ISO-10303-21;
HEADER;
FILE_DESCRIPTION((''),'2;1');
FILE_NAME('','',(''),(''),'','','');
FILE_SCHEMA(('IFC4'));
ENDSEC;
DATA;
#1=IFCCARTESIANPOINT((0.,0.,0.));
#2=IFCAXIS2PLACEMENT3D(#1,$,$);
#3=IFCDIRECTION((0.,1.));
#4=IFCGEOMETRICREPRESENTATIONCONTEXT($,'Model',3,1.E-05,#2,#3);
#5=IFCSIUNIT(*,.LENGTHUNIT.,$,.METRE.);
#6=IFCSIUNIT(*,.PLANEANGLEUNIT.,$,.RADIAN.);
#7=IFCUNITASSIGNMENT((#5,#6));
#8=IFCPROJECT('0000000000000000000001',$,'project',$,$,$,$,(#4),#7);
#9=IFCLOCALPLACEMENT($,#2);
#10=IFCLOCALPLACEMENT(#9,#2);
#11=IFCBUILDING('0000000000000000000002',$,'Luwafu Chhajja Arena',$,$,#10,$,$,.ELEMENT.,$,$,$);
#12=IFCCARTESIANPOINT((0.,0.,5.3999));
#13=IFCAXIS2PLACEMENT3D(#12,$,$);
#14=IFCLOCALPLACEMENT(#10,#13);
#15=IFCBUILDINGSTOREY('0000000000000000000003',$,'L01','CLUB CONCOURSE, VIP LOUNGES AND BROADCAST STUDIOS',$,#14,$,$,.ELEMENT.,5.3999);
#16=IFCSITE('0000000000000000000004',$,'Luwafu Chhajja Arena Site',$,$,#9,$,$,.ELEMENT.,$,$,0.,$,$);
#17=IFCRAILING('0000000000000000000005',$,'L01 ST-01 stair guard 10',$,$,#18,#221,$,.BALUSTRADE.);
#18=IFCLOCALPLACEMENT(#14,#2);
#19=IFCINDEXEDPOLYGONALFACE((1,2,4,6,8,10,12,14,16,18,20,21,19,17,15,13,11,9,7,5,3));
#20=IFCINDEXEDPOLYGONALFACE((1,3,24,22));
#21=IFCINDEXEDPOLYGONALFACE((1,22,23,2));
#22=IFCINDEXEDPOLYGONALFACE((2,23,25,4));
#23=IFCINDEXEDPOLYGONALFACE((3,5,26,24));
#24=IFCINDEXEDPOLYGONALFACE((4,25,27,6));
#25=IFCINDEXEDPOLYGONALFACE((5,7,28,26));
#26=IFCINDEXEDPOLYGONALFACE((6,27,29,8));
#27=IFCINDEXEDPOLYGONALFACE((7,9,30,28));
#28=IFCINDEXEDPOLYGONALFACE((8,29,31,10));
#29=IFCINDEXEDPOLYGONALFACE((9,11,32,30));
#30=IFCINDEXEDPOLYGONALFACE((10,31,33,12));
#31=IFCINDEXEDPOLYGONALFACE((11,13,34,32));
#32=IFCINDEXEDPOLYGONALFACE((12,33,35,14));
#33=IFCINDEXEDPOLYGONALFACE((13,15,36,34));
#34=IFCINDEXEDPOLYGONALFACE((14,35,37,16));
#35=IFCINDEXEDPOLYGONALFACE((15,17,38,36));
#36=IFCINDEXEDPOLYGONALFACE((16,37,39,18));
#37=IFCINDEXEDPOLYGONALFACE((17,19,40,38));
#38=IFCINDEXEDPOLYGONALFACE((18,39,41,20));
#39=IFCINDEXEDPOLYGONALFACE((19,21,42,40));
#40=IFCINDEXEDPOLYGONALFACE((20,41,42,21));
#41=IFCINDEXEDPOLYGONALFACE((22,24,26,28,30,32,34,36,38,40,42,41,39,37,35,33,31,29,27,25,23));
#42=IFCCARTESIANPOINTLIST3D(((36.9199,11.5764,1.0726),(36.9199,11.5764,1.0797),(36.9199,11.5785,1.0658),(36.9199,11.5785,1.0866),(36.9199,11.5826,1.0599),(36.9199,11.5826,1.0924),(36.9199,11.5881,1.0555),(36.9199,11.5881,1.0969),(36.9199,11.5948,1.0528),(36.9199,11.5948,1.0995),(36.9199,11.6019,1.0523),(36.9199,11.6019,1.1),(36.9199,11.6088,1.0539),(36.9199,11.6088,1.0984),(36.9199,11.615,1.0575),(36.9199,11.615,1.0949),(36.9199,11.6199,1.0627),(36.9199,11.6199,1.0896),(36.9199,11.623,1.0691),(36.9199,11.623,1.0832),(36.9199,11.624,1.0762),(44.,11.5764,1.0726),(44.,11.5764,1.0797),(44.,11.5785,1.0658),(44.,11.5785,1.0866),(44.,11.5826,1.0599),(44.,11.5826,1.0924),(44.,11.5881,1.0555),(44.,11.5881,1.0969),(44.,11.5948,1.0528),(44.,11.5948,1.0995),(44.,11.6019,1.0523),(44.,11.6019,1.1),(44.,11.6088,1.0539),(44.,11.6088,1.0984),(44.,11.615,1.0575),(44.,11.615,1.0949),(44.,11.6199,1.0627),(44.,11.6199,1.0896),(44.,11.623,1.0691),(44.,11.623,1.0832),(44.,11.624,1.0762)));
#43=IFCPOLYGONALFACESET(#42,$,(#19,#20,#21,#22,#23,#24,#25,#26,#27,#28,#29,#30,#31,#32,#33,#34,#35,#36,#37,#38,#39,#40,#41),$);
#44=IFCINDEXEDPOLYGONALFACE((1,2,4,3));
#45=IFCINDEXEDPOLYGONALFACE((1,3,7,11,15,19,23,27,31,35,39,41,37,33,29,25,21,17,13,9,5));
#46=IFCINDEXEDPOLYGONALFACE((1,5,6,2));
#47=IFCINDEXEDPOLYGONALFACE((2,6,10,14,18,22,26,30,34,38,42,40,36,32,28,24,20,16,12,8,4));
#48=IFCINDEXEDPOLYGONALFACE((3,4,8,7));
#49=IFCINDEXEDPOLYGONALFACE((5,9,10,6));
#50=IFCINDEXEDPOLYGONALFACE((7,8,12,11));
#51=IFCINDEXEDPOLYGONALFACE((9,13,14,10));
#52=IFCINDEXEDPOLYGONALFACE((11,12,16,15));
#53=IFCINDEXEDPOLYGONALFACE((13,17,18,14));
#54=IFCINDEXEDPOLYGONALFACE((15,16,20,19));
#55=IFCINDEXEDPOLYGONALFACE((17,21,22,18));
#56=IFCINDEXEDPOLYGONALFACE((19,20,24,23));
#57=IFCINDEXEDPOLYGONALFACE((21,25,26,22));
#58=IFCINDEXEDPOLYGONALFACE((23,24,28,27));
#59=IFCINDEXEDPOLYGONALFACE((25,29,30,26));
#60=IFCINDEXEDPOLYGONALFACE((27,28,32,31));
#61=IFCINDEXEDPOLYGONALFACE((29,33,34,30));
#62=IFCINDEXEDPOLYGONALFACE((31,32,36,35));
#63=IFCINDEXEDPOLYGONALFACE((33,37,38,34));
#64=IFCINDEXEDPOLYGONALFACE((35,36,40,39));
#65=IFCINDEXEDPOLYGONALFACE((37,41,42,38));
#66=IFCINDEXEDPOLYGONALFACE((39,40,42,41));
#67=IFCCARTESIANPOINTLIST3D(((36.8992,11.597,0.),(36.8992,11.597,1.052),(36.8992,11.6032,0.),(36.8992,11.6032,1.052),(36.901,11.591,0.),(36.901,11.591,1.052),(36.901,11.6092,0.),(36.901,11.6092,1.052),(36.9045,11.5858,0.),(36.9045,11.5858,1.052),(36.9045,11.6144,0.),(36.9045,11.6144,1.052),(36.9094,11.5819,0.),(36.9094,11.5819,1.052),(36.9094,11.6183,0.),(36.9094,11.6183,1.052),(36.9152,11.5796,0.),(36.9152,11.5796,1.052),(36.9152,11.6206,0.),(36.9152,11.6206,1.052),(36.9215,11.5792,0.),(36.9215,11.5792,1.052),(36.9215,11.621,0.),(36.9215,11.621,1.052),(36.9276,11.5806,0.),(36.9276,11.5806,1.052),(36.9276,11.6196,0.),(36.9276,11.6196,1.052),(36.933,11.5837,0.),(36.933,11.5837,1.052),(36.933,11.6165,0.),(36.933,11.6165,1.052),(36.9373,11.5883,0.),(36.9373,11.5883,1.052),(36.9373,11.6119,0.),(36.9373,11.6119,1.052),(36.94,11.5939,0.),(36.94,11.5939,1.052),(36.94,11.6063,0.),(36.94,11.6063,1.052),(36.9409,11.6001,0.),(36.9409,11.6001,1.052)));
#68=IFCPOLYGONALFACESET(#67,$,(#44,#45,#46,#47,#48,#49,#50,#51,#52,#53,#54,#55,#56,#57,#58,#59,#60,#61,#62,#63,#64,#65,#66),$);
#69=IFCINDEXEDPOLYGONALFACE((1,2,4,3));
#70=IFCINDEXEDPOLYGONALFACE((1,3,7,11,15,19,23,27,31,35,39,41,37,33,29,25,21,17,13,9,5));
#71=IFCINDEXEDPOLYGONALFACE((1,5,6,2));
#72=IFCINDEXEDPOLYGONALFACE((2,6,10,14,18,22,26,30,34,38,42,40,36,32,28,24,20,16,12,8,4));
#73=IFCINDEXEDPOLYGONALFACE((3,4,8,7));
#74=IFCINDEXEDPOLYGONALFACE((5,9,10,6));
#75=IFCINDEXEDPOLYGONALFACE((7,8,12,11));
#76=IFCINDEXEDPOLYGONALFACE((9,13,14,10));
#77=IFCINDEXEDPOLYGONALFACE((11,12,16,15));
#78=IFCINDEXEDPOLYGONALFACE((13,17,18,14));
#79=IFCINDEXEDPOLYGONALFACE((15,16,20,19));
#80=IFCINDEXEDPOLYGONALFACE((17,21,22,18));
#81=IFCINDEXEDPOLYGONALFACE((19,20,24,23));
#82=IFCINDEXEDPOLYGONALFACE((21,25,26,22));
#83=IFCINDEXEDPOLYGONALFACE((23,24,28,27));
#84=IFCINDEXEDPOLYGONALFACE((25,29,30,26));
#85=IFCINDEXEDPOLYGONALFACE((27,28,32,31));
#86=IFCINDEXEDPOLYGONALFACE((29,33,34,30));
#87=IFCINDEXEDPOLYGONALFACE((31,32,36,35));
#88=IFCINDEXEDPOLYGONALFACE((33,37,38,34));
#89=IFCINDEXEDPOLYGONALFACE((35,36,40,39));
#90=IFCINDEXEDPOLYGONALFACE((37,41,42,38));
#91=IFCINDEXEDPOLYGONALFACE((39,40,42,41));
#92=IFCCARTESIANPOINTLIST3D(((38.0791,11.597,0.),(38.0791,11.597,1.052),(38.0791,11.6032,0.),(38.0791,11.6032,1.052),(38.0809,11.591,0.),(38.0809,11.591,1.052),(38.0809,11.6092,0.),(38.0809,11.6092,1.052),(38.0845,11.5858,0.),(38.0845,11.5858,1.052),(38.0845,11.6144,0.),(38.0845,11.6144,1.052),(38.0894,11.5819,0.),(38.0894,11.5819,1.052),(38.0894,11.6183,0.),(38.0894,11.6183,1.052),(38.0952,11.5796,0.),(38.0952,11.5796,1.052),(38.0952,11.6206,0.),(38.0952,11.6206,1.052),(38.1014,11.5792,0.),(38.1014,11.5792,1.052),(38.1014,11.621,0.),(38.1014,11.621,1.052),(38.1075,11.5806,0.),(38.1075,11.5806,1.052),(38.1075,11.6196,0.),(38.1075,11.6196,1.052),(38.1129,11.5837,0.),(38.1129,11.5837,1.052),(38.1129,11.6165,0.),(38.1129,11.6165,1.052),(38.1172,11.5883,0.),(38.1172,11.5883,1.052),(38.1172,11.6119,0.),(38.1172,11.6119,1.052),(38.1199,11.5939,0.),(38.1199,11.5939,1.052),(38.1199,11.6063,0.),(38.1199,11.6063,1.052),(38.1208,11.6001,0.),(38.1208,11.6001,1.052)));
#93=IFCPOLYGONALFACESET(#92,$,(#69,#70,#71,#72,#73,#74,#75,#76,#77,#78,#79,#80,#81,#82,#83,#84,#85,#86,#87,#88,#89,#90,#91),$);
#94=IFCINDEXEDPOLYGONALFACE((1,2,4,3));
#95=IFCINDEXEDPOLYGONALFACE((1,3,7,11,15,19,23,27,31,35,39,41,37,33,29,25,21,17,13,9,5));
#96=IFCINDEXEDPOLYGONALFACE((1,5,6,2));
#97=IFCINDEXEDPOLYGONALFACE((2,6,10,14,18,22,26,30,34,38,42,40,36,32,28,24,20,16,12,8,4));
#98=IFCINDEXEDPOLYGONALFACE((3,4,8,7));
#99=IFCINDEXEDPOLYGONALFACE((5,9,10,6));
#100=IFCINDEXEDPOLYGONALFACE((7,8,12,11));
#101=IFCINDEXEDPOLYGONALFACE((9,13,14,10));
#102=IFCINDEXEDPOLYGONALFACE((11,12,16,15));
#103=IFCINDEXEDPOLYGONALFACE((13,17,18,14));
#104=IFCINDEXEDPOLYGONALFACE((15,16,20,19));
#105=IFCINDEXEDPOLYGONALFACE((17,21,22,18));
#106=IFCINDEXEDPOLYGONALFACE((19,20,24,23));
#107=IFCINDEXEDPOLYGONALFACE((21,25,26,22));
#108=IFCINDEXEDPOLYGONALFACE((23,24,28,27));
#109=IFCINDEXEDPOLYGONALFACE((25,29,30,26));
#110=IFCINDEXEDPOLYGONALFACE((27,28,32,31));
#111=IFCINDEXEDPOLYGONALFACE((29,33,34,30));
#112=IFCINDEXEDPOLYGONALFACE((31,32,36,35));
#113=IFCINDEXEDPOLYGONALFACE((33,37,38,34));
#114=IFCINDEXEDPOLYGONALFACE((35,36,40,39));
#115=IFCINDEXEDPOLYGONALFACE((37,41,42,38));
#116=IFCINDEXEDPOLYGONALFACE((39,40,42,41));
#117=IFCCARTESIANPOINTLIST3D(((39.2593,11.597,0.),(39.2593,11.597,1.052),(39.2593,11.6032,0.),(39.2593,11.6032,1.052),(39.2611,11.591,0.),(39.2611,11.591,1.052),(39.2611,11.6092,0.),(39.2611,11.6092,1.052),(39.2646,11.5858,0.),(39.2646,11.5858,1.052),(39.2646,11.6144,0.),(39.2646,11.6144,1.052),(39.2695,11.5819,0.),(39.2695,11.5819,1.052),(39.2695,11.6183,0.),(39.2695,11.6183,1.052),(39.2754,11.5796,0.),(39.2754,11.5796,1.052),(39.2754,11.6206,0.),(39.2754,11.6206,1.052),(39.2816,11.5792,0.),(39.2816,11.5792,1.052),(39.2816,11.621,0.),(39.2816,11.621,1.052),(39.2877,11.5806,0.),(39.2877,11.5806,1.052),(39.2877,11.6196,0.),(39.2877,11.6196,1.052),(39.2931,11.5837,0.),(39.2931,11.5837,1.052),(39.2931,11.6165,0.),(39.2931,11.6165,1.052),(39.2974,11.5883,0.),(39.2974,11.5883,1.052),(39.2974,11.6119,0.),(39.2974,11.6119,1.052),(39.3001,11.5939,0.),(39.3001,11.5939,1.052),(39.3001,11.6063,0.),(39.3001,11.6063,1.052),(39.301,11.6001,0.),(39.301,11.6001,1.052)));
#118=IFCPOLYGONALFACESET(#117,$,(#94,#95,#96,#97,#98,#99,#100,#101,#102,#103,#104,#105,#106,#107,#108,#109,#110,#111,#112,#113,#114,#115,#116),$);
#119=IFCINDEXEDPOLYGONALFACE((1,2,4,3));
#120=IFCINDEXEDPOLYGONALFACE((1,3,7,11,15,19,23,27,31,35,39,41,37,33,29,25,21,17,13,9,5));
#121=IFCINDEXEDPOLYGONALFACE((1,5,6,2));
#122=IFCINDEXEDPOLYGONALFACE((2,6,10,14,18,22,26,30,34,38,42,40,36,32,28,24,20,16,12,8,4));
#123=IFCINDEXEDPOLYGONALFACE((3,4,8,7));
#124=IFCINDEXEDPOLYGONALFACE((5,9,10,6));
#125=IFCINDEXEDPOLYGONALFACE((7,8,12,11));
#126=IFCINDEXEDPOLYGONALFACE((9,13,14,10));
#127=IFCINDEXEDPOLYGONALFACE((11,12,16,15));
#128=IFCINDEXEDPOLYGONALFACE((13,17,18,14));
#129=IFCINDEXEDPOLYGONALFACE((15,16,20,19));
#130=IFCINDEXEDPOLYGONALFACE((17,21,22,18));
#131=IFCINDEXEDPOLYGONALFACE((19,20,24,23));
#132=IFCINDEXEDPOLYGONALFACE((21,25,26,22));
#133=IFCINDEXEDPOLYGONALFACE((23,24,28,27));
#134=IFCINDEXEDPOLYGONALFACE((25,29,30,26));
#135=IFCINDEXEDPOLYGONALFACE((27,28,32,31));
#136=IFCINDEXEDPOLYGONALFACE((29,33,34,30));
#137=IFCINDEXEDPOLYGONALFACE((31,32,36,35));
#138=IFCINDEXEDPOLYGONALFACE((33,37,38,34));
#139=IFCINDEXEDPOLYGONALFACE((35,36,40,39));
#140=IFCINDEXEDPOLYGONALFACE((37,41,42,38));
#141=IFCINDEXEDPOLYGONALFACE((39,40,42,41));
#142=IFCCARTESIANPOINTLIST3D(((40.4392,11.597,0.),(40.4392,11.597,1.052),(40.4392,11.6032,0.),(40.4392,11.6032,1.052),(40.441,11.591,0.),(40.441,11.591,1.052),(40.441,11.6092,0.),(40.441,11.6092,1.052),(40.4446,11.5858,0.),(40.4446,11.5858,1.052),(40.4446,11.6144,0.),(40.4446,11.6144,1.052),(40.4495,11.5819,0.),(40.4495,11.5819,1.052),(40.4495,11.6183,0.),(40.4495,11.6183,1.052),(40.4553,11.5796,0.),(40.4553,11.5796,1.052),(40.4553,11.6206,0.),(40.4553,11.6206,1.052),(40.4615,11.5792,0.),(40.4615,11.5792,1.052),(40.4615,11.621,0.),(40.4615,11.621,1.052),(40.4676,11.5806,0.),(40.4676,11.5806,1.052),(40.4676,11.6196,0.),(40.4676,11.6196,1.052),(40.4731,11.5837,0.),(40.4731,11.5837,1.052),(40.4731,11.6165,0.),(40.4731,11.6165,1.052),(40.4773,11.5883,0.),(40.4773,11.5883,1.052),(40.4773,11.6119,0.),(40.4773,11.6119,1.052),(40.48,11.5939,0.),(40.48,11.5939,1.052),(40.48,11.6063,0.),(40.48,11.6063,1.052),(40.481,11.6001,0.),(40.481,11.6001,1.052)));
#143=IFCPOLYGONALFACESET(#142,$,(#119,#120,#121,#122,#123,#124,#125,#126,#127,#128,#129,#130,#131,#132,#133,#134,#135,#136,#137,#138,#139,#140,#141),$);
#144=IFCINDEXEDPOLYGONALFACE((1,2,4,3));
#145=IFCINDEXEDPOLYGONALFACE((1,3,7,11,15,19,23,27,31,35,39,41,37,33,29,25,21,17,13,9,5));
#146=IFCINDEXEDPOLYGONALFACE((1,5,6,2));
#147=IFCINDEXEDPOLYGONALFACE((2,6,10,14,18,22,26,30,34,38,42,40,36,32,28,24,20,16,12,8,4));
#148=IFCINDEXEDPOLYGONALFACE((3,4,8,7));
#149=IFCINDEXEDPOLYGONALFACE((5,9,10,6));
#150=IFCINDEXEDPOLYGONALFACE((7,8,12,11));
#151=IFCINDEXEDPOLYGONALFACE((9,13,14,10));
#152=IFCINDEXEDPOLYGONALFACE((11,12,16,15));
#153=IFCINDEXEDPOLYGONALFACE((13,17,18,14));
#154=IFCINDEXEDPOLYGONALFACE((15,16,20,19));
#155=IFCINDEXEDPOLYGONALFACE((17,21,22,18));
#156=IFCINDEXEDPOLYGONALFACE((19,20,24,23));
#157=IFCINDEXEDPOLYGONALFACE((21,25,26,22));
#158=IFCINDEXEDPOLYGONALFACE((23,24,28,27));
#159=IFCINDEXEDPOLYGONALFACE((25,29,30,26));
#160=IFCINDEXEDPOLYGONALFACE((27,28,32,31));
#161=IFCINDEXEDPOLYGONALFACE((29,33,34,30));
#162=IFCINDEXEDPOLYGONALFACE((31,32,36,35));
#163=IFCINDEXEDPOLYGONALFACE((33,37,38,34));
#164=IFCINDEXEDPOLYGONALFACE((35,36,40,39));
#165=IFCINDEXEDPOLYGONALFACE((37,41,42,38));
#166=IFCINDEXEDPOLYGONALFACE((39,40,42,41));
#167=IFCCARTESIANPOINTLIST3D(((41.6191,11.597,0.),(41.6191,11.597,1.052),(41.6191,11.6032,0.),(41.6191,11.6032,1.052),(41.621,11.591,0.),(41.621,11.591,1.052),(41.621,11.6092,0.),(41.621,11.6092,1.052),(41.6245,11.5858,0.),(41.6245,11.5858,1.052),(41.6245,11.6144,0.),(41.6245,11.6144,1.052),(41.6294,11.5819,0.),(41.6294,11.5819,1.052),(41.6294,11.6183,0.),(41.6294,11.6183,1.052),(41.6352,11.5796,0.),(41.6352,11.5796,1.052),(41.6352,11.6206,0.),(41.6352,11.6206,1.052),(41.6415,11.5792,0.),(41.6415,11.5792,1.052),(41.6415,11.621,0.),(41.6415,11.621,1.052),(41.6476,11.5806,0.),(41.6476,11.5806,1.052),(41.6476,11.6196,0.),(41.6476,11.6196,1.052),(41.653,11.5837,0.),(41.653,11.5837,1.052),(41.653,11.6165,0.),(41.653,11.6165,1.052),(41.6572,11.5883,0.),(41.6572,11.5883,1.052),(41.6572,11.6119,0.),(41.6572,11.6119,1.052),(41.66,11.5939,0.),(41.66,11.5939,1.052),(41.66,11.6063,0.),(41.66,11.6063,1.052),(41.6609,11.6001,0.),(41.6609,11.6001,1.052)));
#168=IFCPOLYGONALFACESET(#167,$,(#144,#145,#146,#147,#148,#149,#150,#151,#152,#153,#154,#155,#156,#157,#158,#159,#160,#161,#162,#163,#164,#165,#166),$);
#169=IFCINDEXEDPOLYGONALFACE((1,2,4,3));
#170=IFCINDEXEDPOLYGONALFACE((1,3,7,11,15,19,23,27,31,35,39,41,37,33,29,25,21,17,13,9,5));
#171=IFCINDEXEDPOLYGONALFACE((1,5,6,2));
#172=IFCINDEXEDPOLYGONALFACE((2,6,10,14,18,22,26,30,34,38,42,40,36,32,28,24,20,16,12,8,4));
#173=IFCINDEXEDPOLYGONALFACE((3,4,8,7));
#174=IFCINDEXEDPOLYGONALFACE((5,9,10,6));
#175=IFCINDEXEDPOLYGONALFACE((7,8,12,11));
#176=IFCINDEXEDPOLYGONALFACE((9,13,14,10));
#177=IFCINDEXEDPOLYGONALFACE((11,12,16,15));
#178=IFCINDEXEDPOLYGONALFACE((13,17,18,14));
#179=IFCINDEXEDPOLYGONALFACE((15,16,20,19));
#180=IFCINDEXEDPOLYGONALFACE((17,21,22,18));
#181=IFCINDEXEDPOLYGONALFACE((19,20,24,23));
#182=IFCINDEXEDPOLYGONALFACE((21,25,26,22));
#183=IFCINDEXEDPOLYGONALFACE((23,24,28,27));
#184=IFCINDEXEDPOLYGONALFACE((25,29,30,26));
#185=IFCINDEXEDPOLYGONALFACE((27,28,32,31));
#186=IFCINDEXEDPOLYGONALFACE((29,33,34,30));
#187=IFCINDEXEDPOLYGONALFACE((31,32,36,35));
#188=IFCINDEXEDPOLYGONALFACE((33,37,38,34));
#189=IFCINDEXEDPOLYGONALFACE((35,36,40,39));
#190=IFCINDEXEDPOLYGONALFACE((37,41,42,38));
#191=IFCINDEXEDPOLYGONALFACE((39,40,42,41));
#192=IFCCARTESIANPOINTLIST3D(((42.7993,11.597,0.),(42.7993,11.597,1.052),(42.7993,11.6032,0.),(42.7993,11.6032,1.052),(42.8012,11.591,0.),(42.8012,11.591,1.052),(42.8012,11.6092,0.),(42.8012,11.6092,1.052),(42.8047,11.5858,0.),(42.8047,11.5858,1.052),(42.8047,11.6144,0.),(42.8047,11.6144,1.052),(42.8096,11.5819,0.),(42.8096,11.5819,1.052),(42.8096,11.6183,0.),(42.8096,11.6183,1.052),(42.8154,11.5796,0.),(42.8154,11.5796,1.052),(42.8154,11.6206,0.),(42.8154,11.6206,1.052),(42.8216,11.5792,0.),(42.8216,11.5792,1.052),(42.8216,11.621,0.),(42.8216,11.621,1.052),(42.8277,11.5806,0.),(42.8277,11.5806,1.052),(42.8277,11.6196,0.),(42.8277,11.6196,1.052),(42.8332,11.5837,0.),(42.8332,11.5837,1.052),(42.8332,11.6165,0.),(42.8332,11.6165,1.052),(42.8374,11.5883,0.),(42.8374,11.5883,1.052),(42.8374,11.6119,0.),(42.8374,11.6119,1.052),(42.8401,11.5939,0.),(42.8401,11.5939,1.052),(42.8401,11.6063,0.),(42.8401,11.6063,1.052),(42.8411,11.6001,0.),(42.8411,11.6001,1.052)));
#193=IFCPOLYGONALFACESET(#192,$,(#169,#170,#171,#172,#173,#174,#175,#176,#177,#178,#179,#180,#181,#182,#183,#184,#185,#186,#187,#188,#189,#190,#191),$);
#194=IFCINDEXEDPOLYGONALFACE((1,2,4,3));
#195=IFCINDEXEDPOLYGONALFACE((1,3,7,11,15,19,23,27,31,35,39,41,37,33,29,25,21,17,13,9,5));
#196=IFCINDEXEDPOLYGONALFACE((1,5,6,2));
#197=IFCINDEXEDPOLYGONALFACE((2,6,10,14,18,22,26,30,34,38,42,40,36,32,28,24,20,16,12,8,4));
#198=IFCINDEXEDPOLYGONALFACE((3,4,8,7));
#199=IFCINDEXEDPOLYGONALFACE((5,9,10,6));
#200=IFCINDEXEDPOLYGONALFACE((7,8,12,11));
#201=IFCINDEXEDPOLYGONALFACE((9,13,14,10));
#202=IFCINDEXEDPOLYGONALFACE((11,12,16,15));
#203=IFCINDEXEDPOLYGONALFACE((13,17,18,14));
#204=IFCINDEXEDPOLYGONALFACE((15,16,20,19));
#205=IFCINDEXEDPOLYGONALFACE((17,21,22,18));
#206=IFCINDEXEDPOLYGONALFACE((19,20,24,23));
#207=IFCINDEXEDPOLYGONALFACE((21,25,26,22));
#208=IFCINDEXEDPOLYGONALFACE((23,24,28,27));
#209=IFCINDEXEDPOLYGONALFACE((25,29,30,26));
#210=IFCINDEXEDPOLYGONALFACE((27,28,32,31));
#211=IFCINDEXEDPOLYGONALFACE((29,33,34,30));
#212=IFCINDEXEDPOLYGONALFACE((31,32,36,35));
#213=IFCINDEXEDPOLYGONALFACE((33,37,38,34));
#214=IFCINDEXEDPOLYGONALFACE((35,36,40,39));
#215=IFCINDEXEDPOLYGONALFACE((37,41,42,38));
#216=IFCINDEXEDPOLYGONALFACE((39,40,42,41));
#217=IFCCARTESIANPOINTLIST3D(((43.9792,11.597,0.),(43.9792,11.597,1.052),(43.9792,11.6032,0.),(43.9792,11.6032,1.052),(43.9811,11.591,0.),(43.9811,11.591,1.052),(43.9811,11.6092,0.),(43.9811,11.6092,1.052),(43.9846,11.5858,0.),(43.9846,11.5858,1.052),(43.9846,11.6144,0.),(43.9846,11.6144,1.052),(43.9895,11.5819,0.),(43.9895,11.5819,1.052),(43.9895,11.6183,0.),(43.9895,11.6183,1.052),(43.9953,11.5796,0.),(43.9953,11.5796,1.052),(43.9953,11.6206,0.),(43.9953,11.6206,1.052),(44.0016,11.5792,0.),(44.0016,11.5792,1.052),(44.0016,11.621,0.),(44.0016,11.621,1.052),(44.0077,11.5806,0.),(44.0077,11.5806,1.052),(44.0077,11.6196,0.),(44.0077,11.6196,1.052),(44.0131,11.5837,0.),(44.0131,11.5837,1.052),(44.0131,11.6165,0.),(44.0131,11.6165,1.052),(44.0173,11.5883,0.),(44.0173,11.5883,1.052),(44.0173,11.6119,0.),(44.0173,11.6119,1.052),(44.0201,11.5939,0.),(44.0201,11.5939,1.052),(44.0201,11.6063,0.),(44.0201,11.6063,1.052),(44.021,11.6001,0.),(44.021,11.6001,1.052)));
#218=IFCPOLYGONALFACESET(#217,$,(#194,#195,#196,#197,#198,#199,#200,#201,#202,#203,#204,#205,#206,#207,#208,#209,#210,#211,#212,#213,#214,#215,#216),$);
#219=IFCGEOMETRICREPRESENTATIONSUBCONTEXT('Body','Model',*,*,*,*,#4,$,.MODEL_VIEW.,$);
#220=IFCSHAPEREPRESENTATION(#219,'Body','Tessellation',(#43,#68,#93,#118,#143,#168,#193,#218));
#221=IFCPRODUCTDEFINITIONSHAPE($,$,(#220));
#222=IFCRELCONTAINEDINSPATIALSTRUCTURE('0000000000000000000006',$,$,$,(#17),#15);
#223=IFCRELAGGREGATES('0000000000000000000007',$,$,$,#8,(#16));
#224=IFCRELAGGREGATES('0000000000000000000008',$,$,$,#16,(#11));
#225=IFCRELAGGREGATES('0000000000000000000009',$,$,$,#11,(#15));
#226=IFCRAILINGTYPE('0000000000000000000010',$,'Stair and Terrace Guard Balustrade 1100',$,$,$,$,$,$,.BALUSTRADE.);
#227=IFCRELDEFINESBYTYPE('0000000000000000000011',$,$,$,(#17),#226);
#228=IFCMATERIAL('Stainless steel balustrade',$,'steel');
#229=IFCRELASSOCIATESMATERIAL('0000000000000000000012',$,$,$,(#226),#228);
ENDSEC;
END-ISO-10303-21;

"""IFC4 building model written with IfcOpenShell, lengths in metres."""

from ifc_helpers import new_model, si_unit, direction, frame, origin, origin_2d, place, context, subcontext, project, spatial, circle, extrude, material, type_object, element, save


model = new_model("IFC4")

# Units and contexts
model_context = context("Model", 3, precision=1e-05, world=origin(), true_north=direction((0.0, 1.0)))
body_context = subcontext(model_context, "Body", "Model", "MODEL_VIEW")
ifc_project = project(units=[si_unit("LENGTHUNIT", "METRE"), si_unit("PLANEANGLEUNIT", "RADIAN")], contexts=[model_context])

# Site, building, storey
site_placement = place(None, origin())
site = spatial("IfcSite", under=ifc_project, at=site_placement, Name="Luwafu Chhajja Arena Site", CompositionType="ELEMENT", RefElevation=0.0)
building_placement = place(site_placement, origin())
building = spatial("IfcBuilding", under=site, at=building_placement, Name="Luwafu Chhajja Arena", CompositionType="ELEMENT")
storey_placement = place(building_placement, frame((0.0, 0.0, 5.3999)))
storey = spatial("IfcBuildingStorey", under=building, at=storey_placement, Name="L01", Description="CLUB CONCOURSE, VIP LOUNGES AND BROADCAST STUDIOS", CompositionType="ELEMENT", Elevation=5.3999)

# Railing
ifc_material_1 = material(Name="Stainless steel balustrade", Category="steel")
railing_type_1 = type_object("IfcRailingType", Name="Stair and Terrace Guard Balustrade 1100", PredefinedType="BALUSTRADE", material=ifc_material_1)
railing_1_placement = place(storey_placement, frame((36.9199, 11.6001, 0.0)))
element("IfcRailing", 1, at=railing_1_placement, inside=storey, type_object=railing_type_1, Name="L01 ST-01 stair guard 10", PredefinedType="BALUSTRADE", context=body_context, shape_type="SweptSolid", body=[
    extrude(circle(Radius=0.0239, at=origin_2d()), frame((0.0, 0.0, 1.0762), z_axis=(1.0, 0.0, 0.0), x_axis=(0.0, 1.0, 0.0)), (0.0, 0.0, 1.0), 7.0801),
    extrude(circle(Radius=0.021, at=origin_2d()), origin(), (0.0, 0.0, 1.0), 1.052),
    extrude(circle(Radius=0.021, at=origin_2d()), frame((1.1799, 0.0, 0.0)), (0.0, 0.0, 1.0), 1.052),
    extrude(circle(Radius=0.021, at=origin_2d()), frame((2.3601, 0.0, 0.0)), (0.0, 0.0, 1.0), 1.052),
    extrude(circle(Radius=0.021, at=origin_2d()), frame((3.54, 0.0, 0.0)), (0.0, 0.0, 1.0), 1.052),
    extrude(circle(Radius=0.021, at=origin_2d()), frame((4.72, 0.0, 0.0)), (0.0, 0.0, 1.0), 1.052),
    extrude(circle(Radius=0.021, at=origin_2d()), frame((5.9001, 0.0, 0.0)), (0.0, 0.0, 1.0), 1.052),
    extrude(circle(Radius=0.021, at=origin_2d()), frame((7.0801, 0.0, 0.0)), (0.0, 0.0, 1.0), 1.052),
])

save(model, "model.ifc")
